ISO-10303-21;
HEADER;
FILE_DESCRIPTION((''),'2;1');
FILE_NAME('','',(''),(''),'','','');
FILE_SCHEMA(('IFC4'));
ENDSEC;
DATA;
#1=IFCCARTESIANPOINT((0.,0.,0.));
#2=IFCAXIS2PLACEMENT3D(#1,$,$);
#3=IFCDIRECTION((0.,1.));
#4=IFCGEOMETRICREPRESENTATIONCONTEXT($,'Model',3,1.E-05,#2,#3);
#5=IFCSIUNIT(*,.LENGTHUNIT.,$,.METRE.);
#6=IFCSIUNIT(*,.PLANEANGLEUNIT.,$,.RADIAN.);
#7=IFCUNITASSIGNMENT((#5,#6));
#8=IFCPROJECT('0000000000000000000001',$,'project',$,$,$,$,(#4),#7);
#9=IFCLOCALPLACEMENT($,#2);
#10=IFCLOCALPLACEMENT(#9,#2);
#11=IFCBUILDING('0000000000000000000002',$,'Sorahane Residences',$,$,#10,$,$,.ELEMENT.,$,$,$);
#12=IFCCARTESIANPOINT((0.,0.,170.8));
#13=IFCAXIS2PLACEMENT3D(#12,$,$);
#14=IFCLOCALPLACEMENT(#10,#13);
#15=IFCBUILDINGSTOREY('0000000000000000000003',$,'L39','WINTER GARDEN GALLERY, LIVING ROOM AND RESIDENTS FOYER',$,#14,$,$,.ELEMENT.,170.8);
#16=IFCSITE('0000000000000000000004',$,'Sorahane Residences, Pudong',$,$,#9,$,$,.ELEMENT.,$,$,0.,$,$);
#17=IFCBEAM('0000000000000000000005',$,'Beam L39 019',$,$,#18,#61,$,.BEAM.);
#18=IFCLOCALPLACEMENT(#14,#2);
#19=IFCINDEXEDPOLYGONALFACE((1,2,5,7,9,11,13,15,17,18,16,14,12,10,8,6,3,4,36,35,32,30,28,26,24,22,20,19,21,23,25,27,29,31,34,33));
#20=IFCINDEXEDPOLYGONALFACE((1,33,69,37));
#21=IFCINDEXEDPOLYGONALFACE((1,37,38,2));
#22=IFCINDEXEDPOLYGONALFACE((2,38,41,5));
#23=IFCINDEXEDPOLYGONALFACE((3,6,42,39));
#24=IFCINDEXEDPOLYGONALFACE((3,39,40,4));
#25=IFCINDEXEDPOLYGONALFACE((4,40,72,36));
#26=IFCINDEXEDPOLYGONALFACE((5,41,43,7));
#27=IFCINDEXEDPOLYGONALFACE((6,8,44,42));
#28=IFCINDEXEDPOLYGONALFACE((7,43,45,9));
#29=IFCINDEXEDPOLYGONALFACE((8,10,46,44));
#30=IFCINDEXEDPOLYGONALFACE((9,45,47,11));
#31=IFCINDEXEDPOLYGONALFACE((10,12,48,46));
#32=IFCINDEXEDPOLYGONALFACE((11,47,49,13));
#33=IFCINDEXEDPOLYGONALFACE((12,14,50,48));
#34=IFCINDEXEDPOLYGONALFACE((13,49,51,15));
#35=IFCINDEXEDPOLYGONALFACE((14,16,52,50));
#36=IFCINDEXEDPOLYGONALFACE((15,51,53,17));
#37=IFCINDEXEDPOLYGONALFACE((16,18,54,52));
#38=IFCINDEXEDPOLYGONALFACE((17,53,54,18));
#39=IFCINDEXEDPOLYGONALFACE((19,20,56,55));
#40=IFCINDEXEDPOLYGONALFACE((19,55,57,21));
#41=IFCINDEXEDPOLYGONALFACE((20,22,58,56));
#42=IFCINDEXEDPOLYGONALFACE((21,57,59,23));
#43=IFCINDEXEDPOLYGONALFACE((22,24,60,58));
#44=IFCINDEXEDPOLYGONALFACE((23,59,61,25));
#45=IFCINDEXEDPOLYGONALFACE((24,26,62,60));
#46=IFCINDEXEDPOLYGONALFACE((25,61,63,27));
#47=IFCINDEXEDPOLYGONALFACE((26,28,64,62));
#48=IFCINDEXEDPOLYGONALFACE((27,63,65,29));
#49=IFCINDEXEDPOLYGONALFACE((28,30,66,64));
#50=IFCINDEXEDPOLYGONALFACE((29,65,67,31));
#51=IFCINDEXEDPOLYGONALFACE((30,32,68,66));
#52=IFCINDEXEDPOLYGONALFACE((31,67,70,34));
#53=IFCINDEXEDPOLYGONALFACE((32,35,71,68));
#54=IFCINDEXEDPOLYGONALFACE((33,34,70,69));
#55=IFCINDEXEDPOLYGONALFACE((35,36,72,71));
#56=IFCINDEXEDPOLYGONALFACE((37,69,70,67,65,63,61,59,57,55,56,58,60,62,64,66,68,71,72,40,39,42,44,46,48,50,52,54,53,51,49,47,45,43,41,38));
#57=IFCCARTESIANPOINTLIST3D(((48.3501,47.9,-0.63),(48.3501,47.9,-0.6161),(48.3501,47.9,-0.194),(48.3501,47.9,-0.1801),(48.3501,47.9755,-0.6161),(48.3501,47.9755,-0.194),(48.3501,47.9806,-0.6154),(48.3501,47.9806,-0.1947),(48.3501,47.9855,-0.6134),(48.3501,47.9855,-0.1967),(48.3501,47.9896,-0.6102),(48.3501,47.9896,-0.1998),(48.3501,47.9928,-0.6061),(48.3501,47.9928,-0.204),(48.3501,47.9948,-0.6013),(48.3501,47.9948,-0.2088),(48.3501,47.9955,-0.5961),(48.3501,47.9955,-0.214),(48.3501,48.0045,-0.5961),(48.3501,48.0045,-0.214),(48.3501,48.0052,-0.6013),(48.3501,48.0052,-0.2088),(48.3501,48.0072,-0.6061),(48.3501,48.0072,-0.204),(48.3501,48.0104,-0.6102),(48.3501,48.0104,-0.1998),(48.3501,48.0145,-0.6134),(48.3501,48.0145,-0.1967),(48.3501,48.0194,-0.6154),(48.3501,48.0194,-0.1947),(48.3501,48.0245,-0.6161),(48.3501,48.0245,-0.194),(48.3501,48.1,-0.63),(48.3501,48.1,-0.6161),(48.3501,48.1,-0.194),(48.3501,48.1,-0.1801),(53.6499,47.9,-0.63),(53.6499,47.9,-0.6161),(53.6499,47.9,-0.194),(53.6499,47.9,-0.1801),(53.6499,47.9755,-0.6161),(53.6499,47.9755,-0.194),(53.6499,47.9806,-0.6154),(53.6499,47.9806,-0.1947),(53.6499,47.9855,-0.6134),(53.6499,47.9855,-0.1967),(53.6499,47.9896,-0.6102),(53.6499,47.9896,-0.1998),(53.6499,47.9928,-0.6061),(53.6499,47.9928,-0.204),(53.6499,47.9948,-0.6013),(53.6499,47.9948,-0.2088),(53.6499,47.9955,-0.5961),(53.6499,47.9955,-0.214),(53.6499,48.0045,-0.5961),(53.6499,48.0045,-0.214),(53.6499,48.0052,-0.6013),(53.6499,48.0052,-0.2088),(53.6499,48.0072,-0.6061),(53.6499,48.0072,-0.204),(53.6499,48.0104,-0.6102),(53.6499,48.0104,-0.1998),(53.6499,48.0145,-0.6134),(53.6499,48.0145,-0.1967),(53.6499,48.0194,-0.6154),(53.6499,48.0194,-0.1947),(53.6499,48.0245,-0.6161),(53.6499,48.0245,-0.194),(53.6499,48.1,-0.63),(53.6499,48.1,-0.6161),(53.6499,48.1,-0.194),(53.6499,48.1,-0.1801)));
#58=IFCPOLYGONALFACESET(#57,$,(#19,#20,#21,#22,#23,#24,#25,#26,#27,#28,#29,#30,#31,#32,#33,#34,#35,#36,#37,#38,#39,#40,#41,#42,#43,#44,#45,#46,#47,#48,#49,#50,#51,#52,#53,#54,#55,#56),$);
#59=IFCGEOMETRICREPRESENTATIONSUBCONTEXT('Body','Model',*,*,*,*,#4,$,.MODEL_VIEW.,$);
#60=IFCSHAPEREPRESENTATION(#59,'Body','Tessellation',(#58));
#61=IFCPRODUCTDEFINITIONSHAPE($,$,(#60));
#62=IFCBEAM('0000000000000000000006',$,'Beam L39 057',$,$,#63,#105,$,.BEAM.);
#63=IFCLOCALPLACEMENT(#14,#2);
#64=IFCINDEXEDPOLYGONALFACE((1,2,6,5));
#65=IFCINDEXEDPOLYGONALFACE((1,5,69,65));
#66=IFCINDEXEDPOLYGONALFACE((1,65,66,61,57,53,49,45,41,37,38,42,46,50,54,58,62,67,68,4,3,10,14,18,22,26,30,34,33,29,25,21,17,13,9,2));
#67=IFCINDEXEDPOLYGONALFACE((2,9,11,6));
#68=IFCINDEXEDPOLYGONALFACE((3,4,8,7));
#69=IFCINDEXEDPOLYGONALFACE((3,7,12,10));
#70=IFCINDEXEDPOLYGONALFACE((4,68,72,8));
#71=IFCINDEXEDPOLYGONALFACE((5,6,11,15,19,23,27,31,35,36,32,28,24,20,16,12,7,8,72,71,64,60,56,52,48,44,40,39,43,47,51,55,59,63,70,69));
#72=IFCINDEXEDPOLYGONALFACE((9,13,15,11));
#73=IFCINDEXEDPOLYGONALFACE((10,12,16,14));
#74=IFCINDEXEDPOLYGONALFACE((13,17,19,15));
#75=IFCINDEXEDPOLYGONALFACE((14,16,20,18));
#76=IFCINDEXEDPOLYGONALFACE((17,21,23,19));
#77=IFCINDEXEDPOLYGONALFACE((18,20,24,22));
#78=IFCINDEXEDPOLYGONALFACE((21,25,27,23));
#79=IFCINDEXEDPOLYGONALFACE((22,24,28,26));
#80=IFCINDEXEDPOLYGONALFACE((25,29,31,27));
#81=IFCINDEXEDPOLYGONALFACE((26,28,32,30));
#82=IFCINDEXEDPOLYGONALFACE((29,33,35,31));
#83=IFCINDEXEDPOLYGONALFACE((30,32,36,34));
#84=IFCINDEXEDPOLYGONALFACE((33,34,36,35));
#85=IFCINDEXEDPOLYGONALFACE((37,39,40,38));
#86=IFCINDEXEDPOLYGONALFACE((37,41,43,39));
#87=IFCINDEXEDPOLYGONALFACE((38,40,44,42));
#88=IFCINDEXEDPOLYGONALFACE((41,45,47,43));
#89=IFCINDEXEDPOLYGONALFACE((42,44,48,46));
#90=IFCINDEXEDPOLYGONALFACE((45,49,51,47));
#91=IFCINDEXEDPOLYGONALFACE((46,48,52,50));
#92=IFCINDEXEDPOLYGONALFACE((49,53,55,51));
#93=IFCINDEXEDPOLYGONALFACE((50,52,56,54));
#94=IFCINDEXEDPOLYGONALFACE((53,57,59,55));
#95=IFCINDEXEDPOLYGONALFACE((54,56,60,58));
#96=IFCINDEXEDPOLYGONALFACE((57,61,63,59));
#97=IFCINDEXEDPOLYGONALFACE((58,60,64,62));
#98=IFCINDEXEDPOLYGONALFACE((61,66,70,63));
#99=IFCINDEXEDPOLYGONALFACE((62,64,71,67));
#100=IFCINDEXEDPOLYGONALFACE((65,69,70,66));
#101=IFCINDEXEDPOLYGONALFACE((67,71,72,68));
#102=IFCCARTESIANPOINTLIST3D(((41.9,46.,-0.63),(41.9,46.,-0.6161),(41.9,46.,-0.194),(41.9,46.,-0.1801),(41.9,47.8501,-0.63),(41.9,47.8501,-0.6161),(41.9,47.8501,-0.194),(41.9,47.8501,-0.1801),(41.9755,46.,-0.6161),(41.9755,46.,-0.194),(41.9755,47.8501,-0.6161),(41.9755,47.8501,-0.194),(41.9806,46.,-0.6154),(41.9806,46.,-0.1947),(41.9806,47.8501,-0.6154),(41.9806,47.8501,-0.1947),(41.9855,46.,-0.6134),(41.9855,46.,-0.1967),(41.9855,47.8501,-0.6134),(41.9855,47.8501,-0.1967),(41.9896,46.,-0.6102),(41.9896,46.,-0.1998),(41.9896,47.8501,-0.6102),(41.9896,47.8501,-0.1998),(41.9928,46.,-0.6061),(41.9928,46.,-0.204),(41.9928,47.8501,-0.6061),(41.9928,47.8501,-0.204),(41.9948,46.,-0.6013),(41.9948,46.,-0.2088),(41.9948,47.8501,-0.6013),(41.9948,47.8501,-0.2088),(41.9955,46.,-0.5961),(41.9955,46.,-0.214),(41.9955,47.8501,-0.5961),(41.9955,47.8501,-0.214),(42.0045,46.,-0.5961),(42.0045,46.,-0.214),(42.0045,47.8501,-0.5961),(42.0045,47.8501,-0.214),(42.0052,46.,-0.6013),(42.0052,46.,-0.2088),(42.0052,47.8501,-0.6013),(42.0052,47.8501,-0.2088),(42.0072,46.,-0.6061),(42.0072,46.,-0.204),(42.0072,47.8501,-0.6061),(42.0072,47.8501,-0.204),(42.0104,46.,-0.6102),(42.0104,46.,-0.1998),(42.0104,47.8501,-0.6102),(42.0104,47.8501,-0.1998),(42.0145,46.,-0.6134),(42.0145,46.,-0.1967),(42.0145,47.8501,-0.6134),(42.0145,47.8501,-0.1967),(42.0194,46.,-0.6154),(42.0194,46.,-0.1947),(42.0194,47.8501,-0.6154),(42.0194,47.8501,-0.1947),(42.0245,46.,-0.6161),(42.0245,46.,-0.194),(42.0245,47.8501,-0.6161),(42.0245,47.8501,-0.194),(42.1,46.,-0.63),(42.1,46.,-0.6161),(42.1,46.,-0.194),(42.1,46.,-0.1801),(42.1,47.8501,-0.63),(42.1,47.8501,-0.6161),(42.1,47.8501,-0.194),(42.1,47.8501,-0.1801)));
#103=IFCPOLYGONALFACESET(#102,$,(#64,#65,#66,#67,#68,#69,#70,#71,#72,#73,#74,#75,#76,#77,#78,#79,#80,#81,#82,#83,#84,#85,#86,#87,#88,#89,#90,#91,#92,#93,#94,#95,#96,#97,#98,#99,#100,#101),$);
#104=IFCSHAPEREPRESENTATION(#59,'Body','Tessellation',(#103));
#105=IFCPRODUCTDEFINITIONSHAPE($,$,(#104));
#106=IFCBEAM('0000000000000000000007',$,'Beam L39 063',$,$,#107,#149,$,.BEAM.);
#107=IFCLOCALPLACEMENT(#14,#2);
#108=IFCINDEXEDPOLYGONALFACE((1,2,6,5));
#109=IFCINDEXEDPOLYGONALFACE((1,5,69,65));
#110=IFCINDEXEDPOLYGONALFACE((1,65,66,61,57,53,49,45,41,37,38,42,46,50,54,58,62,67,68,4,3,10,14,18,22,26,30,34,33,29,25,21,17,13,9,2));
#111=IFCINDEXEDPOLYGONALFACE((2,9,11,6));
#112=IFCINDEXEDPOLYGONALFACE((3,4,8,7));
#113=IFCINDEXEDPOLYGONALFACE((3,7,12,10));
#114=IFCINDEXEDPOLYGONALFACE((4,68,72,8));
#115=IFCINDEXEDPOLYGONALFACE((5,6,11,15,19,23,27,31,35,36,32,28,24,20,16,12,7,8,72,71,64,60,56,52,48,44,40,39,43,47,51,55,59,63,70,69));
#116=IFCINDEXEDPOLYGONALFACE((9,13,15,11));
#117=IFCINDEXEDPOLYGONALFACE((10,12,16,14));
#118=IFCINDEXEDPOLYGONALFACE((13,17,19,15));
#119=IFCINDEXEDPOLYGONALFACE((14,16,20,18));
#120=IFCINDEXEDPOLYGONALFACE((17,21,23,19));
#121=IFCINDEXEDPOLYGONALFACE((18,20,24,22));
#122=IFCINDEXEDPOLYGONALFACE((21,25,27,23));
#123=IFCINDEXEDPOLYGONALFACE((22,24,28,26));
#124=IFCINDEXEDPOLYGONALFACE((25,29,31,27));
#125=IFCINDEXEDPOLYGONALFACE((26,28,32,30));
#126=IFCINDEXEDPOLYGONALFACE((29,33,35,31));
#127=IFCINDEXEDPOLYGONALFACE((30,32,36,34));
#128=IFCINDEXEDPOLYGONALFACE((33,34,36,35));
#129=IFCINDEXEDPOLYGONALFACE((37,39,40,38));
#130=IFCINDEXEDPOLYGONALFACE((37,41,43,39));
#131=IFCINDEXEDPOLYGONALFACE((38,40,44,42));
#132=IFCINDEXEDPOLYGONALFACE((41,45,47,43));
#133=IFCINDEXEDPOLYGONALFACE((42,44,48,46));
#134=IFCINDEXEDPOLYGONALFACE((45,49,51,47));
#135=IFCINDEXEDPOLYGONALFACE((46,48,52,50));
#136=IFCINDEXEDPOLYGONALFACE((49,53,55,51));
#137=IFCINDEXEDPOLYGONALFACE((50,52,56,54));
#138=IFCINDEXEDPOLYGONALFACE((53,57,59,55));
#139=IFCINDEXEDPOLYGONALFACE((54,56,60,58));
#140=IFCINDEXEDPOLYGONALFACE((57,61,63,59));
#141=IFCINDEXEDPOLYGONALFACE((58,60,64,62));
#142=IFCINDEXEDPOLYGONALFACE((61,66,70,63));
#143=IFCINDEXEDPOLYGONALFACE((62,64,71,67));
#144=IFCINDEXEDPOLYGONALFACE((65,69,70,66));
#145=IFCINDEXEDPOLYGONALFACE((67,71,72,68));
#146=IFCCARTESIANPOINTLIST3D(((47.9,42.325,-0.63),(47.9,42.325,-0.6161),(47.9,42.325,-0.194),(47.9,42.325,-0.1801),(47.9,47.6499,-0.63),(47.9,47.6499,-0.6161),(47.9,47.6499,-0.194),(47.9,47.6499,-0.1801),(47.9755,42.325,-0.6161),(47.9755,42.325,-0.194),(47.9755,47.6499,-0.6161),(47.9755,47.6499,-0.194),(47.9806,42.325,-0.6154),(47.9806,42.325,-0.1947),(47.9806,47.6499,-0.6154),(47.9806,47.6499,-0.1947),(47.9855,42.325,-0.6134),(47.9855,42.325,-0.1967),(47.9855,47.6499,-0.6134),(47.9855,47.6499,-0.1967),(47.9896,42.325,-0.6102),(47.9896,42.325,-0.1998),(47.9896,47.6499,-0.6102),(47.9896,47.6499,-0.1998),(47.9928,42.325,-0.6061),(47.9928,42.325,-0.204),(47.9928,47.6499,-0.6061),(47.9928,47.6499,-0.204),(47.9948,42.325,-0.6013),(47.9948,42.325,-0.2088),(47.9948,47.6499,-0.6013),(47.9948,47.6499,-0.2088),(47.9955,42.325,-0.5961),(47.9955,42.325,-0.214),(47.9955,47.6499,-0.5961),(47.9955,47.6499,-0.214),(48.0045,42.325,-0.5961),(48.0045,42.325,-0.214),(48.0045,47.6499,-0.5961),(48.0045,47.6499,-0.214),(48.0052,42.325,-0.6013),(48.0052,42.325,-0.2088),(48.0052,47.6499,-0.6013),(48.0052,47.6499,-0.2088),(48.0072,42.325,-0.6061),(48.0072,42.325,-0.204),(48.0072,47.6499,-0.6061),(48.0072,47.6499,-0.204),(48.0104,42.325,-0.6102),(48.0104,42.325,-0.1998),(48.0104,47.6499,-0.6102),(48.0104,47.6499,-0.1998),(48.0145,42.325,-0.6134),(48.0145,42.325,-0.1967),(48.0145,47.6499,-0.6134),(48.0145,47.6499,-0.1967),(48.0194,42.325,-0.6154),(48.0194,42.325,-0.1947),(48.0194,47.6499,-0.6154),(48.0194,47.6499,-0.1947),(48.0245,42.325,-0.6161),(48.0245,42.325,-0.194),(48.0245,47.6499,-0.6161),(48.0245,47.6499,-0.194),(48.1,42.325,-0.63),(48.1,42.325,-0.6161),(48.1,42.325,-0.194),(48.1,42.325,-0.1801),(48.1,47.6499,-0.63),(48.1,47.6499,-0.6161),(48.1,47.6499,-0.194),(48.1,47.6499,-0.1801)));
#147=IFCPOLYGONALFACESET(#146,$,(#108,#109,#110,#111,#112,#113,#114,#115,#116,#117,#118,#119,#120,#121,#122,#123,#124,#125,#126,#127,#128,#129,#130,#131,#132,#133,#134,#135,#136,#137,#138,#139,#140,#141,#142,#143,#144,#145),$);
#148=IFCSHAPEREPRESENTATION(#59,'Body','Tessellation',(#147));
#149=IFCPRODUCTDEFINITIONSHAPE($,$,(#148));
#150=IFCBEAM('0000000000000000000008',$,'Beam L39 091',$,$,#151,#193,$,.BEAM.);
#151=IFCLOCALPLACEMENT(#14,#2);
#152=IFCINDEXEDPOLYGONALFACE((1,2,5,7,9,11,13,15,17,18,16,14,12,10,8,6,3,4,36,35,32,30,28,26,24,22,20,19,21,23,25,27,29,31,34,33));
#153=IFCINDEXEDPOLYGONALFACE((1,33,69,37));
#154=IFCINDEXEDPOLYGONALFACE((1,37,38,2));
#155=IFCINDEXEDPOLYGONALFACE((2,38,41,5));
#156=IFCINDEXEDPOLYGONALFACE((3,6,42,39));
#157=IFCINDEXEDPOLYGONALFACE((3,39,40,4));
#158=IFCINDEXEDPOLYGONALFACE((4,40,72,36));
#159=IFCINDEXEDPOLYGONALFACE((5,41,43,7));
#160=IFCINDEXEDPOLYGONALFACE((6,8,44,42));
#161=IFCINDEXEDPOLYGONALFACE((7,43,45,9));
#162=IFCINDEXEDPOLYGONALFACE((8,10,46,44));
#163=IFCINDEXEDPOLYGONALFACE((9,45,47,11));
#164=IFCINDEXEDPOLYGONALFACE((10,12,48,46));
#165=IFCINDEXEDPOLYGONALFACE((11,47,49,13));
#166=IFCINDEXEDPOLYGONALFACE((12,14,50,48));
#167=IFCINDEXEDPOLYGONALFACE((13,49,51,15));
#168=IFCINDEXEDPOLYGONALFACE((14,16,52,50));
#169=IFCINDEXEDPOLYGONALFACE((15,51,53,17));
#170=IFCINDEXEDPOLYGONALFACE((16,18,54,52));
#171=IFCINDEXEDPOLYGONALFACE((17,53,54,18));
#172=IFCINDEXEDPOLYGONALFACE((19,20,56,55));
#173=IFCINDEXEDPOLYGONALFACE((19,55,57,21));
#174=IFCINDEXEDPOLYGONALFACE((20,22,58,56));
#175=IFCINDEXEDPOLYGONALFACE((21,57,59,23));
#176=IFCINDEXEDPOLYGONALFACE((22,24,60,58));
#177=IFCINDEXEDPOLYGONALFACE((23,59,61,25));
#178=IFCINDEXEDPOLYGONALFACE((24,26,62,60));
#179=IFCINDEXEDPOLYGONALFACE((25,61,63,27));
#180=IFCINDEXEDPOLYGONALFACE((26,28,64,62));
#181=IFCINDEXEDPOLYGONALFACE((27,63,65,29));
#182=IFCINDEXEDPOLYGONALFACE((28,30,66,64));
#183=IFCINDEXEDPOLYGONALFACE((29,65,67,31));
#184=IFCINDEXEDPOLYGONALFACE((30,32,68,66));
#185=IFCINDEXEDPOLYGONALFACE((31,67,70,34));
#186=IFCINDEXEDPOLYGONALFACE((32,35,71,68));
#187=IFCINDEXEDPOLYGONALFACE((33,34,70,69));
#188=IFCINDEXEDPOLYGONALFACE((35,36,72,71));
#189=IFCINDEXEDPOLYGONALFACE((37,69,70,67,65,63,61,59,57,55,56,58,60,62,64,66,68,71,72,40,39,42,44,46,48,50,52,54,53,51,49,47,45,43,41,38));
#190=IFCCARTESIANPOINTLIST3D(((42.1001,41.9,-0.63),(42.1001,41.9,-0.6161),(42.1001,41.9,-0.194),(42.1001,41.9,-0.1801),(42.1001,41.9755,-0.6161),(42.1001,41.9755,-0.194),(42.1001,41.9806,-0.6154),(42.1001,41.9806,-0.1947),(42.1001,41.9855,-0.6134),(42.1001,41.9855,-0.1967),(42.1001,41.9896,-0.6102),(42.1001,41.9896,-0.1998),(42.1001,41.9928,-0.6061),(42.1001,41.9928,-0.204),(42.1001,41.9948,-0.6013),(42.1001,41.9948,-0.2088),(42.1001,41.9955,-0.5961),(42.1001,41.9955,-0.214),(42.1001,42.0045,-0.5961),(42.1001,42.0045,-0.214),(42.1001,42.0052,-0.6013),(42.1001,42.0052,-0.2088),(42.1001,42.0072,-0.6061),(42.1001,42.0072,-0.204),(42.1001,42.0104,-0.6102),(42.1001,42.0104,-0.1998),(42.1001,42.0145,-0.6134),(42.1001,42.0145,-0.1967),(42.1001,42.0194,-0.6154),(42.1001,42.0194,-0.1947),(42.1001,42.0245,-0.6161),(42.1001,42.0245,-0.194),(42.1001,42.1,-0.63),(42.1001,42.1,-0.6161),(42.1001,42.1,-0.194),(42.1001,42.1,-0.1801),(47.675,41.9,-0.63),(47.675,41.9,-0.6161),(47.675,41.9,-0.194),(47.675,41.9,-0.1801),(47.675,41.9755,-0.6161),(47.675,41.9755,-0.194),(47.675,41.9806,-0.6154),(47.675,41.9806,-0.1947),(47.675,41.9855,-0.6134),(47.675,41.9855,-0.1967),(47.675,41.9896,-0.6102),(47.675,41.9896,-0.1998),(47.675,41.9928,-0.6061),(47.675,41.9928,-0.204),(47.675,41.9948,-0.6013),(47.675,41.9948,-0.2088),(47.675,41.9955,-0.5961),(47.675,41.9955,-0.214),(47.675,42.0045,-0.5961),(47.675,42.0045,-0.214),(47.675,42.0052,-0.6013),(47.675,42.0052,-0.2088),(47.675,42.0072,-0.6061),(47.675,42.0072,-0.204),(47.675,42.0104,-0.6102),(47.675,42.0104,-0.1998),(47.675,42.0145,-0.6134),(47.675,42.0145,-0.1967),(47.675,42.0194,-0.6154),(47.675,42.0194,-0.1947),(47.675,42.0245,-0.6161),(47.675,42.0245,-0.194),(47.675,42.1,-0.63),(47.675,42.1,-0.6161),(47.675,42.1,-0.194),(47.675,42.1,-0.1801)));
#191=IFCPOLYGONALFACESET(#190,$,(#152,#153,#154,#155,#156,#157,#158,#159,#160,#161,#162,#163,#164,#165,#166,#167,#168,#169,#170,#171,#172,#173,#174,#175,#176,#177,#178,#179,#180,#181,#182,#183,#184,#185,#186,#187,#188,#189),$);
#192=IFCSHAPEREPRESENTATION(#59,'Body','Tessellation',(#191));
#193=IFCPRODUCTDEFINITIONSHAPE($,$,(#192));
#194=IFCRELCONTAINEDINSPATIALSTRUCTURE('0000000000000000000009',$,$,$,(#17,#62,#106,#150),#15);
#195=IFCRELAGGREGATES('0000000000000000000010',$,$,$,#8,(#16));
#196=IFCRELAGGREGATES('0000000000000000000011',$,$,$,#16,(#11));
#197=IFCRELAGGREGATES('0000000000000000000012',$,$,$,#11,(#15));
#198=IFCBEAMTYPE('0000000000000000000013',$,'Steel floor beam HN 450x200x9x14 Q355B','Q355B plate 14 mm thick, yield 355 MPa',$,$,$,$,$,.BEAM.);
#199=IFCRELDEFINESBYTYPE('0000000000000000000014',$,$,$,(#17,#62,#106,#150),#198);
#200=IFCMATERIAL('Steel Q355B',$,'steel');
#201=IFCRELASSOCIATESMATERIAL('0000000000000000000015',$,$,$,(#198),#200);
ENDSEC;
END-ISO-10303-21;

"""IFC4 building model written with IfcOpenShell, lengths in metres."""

from ifc_helpers import new_model, si_unit, direction, frame, origin, origin_2d, place, context, subcontext, project, spatial, i_section, extrude, material, material_profile, profile_set, type_object, element, save


model = new_model("IFC4")

# Units and contexts
model_context = context("Model", 3, precision=1e-05, world=origin(), true_north=direction((0.0, 1.0)))
body_context = subcontext(model_context, "Body", "Model", "MODEL_VIEW")
ifc_project = project(units=[si_unit("LENGTHUNIT", "METRE"), si_unit("PLANEANGLEUNIT", "RADIAN")], contexts=[model_context])

# Site, building, storey
site_placement = place(None, origin())
site = spatial("IfcSite", under=ifc_project, at=site_placement, Name="Sorahane Residences, Pudong", CompositionType="ELEMENT", RefElevation=0.0)
building_placement = place(site_placement, origin())
building = spatial("IfcBuilding", under=site, at=building_placement, Name="Sorahane Residences", CompositionType="ELEMENT")
storey_placement = place(building_placement, frame((0.0, 0.0, 170.8)))
storey = spatial("IfcBuildingStorey", under=building, at=storey_placement, Name="L39", Description="WINTER GARDEN GALLERY, LIVING ROOM AND RESIDENTS FOYER", CompositionType="ELEMENT", Elevation=170.8)

# Beams
ifc_material_1 = material(Name="Steel Q355B", Category="steel")
ifc_material_profile_1 = material_profile(ifc_material_1, i_section(OverallWidth=0.2, OverallDepth=0.45, WebThickness=0.009, FlangeThickness=0.0139, FilletRadius=0.02, at=origin_2d()), Name="HN 450x200x9x14")
ifc_profile_set_1 = profile_set([ifc_material_profile_1], Name="Steel Q355B")
beam_type_1 = type_object("IfcBeamType", Name="Steel floor beam HN 450x200x9x14 Q355B", Description="Q355B plate 14 mm thick, yield 355 MPa", PredefinedType="BEAM", material=ifc_profile_set_1)
beam_1_placement = place(storey_placement, frame((48.3501, 48.0, -0.405), z_axis=(1.0, 0.0, 0.0), x_axis=(0.0, 1.0, 0.0)))
element("IfcBeam", 1, at=beam_1_placement, inside=storey, type_object=beam_type_1, Name="Beam L39 019", PredefinedType="BEAM", context=body_context, shape_type="SweptSolid", body=[
    extrude(i_section(OverallWidth=0.2, OverallDepth=0.45, WebThickness=0.009, FlangeThickness=0.0139, FilletRadius=0.02, at=origin_2d()), origin(), (0.0, 0.0, 1.0), 5.2998),
])
beam_2_placement = place(storey_placement, frame((42.0, 46.0, -0.405), z_axis=(0.0, 1.0, 0.0), x_axis=(-1.0, 0.0, 0.0)))
element("IfcBeam", 2, at=beam_2_placement, inside=storey, type_object=beam_type_1, Name="Beam L39 057", PredefinedType="BEAM", context=body_context, shape_type="SweptSolid", body=[
    extrude(i_section(OverallWidth=0.2, OverallDepth=0.45, WebThickness=0.009, FlangeThickness=0.0139, FilletRadius=0.02, at=origin_2d()), origin(), (0.0, 0.0, 1.0), 1.8501),
])
beam_3_placement = place(storey_placement, frame((48.0, 42.325, -0.405), z_axis=(0.0, 1.0, 0.0), x_axis=(-1.0, 0.0, 0.0)))
element("IfcBeam", 3, at=beam_3_placement, inside=storey, type_object=beam_type_1, Name="Beam L39 063", PredefinedType="BEAM", context=body_context, shape_type="SweptSolid", body=[
    extrude(i_section(OverallWidth=0.2, OverallDepth=0.45, WebThickness=0.009, FlangeThickness=0.0139, FilletRadius=0.02, at=origin_2d()), origin(), (0.0, 0.0, 1.0), 5.325),
])
beam_4_placement = place(storey_placement, frame((42.1001, 42.0, -0.405), z_axis=(1.0, 0.0, 0.0), x_axis=(0.0, 1.0, 0.0)))
element("IfcBeam", 4, at=beam_4_placement, inside=storey, type_object=beam_type_1, Name="Beam L39 091", PredefinedType="BEAM", context=body_context, shape_type="SweptSolid", body=[
    extrude(i_section(OverallWidth=0.2, OverallDepth=0.45, WebThickness=0.009, FlangeThickness=0.0139, FilletRadius=0.02, at=origin_2d()), origin(), (0.0, 0.0, 1.0), 5.575),
])

save(model, "model.ifc")
